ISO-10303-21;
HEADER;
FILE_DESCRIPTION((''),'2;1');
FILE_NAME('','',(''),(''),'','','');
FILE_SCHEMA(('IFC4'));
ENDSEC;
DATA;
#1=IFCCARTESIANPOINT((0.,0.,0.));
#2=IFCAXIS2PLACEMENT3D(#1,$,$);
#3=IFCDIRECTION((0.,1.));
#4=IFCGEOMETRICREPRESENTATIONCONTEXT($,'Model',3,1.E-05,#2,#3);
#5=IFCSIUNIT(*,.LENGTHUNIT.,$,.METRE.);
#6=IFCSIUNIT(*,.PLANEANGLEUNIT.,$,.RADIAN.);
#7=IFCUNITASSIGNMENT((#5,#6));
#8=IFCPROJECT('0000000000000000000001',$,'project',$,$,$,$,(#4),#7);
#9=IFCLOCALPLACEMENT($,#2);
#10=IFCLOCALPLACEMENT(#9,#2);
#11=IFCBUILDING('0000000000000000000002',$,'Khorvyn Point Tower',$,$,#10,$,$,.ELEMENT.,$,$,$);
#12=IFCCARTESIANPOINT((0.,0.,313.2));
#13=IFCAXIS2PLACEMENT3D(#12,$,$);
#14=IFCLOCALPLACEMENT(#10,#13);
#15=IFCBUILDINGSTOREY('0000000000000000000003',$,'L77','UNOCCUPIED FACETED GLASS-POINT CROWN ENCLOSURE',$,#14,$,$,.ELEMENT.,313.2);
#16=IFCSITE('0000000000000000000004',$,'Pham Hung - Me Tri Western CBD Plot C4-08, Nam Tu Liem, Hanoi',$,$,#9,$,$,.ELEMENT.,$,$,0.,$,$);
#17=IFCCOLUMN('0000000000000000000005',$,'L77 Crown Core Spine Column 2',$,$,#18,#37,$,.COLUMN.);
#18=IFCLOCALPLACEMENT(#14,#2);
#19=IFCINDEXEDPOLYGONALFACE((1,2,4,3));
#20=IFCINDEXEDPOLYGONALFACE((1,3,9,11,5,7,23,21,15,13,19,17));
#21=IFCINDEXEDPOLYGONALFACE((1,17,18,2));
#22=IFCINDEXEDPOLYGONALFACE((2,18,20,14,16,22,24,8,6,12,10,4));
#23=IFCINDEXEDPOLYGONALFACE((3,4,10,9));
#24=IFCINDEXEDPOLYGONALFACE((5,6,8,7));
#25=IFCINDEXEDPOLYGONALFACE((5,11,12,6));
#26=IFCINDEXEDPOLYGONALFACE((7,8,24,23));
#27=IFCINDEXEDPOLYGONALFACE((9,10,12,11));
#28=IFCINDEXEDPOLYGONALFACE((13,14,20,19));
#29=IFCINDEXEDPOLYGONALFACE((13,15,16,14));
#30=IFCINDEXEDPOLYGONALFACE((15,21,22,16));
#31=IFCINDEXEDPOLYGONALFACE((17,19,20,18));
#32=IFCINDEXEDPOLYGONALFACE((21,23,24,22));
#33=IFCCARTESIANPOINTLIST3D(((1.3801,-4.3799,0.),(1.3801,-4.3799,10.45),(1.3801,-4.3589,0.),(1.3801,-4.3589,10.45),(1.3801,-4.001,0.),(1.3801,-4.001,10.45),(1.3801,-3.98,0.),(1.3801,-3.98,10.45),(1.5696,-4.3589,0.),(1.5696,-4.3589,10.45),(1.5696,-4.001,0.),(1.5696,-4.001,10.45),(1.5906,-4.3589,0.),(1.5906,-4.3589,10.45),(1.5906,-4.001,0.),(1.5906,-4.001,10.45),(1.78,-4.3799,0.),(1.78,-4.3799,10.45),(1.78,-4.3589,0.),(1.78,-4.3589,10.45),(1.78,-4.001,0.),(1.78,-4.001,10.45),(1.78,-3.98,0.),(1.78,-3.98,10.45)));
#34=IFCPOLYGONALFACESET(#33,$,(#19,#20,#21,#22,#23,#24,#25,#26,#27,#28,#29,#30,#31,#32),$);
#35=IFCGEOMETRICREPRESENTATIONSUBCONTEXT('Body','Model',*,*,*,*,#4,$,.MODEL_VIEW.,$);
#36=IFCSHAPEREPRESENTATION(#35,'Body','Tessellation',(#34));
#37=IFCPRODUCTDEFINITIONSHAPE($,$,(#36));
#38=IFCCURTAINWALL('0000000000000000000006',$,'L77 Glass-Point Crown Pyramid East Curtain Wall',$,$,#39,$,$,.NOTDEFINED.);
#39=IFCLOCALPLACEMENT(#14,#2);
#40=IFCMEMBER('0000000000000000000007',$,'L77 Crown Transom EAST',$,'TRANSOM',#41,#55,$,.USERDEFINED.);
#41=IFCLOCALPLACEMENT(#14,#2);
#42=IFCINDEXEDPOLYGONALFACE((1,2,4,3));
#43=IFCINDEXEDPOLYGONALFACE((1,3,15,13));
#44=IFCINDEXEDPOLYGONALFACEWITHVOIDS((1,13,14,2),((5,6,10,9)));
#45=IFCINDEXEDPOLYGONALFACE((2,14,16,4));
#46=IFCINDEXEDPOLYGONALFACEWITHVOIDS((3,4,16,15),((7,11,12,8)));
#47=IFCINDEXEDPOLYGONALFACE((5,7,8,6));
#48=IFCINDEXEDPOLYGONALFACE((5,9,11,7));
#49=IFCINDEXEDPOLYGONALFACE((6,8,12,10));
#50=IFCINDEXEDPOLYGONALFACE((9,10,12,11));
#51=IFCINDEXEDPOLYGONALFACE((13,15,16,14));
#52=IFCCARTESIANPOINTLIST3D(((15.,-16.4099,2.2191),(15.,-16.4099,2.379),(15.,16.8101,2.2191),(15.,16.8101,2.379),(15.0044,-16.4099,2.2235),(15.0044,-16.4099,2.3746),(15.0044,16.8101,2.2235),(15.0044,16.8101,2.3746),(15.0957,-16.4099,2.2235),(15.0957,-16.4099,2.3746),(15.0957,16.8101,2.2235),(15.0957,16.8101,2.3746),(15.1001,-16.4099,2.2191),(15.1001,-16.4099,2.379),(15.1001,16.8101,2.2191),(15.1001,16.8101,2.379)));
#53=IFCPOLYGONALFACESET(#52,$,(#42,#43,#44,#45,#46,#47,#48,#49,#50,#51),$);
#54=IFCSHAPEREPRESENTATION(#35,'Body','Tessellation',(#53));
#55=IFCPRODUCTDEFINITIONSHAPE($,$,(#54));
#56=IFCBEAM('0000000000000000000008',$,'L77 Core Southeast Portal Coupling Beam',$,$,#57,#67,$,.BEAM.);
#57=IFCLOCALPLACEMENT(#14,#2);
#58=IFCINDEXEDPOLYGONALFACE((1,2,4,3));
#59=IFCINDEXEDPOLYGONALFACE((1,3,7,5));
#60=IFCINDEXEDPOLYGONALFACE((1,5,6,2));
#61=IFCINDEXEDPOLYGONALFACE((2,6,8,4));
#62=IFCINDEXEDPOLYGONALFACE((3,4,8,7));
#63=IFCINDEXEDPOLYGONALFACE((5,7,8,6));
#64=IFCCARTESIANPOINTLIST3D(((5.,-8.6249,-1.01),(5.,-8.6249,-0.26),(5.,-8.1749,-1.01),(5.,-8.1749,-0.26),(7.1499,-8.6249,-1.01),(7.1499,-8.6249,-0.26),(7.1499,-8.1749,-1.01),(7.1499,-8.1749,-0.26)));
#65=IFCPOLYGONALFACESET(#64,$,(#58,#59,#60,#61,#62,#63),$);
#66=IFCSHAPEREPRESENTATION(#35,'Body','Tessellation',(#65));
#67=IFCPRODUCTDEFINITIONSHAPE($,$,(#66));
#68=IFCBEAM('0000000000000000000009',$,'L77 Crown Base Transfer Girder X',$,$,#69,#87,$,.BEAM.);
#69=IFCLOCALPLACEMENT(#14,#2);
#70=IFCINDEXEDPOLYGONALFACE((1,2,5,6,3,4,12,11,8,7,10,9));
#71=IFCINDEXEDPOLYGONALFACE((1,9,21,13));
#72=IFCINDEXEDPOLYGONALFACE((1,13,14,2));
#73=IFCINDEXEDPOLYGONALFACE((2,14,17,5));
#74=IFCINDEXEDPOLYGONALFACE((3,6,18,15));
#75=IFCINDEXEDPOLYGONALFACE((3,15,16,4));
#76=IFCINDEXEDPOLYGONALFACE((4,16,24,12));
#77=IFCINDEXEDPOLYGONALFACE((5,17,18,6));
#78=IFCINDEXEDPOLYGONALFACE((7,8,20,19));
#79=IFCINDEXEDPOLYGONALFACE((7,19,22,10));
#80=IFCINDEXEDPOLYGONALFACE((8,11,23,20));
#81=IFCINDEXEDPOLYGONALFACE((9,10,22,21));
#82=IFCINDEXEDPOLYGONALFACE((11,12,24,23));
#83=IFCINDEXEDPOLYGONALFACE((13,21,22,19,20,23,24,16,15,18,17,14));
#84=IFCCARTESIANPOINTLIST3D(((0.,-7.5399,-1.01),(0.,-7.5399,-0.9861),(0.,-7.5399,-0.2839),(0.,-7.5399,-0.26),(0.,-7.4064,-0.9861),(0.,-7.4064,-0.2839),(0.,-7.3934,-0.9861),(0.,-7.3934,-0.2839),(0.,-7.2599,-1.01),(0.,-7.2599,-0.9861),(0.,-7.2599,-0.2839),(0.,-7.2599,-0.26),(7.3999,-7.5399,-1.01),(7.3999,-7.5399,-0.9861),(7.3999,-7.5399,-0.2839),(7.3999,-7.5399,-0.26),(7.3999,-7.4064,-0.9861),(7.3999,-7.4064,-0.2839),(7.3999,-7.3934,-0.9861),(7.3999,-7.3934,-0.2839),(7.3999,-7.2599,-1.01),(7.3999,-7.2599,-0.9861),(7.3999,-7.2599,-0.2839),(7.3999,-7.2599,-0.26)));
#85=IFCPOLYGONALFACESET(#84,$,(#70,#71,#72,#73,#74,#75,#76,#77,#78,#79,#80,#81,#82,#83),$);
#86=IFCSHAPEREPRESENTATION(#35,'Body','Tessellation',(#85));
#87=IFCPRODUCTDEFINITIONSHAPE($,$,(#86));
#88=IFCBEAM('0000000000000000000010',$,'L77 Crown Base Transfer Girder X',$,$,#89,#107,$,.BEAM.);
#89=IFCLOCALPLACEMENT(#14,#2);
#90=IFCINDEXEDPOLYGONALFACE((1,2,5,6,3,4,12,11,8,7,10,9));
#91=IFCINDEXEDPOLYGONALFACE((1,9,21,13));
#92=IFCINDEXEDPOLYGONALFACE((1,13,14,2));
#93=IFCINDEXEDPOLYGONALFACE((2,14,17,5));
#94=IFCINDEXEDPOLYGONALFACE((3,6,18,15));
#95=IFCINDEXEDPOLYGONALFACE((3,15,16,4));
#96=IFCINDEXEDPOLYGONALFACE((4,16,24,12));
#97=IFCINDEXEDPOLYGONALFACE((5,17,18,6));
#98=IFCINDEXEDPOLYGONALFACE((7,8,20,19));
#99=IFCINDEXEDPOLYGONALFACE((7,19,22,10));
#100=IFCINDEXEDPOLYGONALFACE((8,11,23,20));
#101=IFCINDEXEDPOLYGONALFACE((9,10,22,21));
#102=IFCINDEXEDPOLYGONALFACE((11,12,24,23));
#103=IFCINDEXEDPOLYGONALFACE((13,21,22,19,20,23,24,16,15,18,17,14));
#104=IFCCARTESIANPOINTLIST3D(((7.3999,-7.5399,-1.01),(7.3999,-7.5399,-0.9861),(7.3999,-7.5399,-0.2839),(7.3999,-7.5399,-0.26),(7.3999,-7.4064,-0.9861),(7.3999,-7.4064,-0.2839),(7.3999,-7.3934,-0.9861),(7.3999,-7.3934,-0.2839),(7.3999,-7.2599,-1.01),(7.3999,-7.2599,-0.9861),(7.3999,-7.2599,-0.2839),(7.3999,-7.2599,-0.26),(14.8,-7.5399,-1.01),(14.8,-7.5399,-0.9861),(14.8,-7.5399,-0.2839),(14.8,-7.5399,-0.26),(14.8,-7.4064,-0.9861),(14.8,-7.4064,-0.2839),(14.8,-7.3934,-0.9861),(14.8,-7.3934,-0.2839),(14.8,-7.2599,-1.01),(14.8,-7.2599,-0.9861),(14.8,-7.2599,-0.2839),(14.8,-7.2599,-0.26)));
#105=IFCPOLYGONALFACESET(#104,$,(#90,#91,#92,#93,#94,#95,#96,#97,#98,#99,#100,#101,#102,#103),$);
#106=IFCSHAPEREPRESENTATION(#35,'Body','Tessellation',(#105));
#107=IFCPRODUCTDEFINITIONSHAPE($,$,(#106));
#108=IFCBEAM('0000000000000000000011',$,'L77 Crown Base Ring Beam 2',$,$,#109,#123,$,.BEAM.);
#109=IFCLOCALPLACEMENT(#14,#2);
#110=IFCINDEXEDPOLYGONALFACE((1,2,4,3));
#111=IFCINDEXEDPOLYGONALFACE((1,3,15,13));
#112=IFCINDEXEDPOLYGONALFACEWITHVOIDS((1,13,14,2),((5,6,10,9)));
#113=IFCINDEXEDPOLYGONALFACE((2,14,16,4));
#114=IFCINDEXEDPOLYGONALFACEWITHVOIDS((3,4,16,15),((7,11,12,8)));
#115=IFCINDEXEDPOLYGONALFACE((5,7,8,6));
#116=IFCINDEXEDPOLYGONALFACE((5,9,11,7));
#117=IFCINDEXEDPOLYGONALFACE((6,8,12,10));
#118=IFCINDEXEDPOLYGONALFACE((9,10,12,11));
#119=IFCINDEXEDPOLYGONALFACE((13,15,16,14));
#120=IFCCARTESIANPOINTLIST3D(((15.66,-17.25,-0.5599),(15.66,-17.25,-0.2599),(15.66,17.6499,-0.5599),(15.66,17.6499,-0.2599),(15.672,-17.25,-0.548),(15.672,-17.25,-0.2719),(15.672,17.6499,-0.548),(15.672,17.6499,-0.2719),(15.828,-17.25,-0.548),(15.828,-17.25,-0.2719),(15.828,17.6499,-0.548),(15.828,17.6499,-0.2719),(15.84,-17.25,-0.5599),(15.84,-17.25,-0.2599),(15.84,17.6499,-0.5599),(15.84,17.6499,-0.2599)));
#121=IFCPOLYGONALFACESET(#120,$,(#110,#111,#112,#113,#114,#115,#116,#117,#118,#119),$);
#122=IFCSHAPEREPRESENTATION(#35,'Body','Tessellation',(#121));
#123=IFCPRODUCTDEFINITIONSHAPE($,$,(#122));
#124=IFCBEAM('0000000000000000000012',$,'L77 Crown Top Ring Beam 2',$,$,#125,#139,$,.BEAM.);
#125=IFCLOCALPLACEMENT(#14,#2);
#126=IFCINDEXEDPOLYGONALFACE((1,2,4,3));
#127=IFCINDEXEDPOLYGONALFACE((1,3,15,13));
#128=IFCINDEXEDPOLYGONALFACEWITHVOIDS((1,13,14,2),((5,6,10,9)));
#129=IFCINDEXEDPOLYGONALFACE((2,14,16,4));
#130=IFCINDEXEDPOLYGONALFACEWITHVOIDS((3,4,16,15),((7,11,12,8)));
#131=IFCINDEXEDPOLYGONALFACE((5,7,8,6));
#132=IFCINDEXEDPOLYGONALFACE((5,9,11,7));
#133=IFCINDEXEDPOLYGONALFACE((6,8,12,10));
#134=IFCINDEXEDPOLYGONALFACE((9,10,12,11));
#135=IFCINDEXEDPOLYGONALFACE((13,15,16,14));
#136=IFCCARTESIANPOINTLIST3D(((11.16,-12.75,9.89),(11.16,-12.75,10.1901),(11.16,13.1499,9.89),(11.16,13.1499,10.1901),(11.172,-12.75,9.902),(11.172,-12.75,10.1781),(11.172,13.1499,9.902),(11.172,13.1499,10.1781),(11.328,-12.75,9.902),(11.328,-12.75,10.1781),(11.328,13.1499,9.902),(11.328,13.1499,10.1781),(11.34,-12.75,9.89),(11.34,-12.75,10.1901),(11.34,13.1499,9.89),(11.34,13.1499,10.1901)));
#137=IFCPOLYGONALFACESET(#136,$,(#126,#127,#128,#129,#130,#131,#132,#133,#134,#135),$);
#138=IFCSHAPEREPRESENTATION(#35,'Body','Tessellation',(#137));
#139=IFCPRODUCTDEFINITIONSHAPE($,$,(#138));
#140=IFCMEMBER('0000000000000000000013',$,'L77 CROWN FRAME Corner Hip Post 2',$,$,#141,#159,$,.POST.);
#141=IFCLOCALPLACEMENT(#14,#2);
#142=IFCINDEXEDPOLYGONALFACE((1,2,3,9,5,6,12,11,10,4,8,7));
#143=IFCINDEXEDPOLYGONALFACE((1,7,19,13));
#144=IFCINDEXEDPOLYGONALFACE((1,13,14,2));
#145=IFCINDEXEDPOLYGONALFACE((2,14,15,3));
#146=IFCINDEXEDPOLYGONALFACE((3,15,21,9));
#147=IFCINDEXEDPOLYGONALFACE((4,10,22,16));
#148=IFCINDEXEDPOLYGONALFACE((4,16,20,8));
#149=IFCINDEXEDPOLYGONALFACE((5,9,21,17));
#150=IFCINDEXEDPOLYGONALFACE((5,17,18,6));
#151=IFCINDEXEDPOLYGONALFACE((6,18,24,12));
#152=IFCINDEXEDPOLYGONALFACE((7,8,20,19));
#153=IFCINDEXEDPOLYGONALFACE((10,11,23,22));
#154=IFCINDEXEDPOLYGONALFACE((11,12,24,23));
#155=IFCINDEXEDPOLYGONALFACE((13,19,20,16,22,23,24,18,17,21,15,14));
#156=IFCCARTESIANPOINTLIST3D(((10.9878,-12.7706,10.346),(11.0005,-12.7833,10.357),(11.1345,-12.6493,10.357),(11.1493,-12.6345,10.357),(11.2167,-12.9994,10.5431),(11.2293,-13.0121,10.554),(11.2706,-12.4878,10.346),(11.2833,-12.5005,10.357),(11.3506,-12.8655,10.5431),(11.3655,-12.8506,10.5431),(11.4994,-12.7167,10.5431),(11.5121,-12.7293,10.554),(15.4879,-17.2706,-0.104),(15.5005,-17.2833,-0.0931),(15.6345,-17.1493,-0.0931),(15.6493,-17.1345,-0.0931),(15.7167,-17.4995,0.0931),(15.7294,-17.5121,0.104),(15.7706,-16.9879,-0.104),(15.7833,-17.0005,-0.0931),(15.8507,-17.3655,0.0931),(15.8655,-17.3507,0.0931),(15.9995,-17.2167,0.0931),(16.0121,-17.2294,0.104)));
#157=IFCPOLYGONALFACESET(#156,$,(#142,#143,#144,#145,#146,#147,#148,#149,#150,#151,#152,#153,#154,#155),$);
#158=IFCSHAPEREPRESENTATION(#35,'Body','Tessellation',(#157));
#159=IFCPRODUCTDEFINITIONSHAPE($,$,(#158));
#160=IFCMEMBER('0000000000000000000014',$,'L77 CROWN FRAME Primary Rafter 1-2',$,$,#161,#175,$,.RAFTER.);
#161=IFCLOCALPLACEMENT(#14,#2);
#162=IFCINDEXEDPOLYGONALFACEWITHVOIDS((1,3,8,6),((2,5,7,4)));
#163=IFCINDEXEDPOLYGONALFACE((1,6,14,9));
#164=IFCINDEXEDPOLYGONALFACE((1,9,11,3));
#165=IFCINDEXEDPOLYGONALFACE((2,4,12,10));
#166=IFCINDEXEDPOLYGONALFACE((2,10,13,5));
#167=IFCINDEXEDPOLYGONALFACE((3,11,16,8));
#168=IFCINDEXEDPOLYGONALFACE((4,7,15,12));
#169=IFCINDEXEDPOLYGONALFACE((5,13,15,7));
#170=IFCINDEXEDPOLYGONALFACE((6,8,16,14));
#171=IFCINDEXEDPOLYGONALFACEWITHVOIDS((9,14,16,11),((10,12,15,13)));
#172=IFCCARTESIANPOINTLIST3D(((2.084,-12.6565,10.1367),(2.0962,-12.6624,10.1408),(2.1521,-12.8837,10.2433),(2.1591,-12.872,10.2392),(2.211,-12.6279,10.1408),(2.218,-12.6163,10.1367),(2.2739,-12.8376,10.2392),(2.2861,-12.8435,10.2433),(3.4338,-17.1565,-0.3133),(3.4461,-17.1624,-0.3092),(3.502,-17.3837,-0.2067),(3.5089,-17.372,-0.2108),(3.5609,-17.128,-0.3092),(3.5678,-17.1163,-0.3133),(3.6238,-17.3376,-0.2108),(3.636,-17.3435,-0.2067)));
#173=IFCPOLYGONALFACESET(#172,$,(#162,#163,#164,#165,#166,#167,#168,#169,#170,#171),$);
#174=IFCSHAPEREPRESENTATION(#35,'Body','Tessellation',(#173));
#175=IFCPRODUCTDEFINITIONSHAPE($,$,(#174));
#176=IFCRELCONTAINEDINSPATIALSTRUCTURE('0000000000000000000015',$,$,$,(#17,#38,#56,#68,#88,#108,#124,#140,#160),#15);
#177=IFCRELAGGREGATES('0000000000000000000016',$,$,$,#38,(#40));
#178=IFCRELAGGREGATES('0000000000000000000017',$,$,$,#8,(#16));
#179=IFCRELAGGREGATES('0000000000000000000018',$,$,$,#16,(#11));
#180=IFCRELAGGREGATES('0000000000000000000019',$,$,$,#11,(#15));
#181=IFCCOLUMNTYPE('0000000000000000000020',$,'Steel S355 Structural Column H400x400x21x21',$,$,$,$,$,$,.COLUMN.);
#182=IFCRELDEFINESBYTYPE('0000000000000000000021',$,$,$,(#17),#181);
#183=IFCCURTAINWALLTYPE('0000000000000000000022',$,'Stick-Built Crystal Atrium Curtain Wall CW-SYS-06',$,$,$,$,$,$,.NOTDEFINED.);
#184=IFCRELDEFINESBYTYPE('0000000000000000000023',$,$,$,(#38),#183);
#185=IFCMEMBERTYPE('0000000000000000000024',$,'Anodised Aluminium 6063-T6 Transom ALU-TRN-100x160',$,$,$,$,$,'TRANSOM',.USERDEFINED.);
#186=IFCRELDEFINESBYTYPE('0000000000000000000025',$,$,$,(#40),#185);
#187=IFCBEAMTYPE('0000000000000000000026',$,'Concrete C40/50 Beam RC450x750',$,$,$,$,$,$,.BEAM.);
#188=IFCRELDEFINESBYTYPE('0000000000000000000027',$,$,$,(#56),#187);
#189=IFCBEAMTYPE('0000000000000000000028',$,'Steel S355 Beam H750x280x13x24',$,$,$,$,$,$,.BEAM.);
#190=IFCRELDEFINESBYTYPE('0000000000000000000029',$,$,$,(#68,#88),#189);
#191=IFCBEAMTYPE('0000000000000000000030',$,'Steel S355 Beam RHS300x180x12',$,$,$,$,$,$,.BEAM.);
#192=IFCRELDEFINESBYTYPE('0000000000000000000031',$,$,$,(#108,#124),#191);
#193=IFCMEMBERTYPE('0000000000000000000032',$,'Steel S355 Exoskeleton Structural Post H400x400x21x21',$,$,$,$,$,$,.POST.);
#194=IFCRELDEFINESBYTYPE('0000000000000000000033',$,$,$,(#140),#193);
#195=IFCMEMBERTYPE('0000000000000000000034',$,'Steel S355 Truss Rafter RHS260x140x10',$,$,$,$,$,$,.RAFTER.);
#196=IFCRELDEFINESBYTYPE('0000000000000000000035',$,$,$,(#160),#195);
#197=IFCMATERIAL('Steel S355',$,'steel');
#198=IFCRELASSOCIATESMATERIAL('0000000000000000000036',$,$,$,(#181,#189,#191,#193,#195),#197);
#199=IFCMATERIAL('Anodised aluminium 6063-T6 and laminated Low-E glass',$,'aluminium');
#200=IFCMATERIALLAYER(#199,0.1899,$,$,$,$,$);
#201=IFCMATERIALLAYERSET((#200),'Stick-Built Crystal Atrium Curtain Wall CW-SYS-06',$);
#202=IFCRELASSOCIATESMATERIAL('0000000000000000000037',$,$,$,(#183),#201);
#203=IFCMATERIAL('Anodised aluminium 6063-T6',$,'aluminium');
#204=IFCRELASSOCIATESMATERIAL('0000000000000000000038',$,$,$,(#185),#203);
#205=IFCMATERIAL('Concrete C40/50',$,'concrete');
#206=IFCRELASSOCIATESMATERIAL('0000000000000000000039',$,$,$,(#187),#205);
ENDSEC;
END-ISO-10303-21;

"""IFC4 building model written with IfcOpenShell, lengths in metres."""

from ifc_helpers import new_model, si_unit, direction, frame, origin, origin_2d, place, context, subcontext, project, spatial, rectangle, hollow_rectangle, i_section, extrude, material, layer, layer_set, material_profile, profile_set, type_object, element, aggregate, save


model = new_model("IFC4")

# Units and contexts
model_context = context("Model", 3, precision=1e-05, world=origin(), true_north=direction((0.0, 1.0)))
body_context = subcontext(model_context, "Body", "Model", "MODEL_VIEW")
ifc_project = project(units=[si_unit("LENGTHUNIT", "METRE"), si_unit("PLANEANGLEUNIT", "RADIAN")], contexts=[model_context])

# Site, building, storey
site_placement = place(None, origin())
site = spatial("IfcSite", under=ifc_project, at=site_placement, Name="Pham Hung - Me Tri Western CBD Plot C4-08, Nam Tu Liem, Hanoi", CompositionType="ELEMENT", RefElevation=0.0)
building_placement = place(site_placement, origin())
building = spatial("IfcBuilding", under=site, at=building_placement, Name="Khorvyn Point Tower", CompositionType="ELEMENT")
storey_placement = place(building_placement, frame((0.0, 0.0, 313.2)))
storey = spatial("IfcBuildingStorey", under=building, at=storey_placement, Name="L77", Description="UNOCCUPIED FACETED GLASS-POINT CROWN ENCLOSURE", CompositionType="ELEMENT", Elevation=313.2)

# Column
ifc_material_1 = material(Name="Steel S355", Category="steel")
ifc_material_profile_1 = material_profile(ifc_material_1, i_section(OverallWidth=0.3999, OverallDepth=0.3999, WebThickness=0.021, FlangeThickness=0.021, at=origin_2d()))
ifc_profile_set_1 = profile_set([ifc_material_profile_1], Name="Steel S355 H400x400x21x21")
column_type = type_object("IfcColumnType", Name="Steel S355 Structural Column H400x400x21x21", PredefinedType="COLUMN", material=ifc_profile_set_1)
column_placement = place(storey_placement, frame((1.5801, -4.1799, 0.0), z_axis=(0.0, 0.0, 1.0), x_axis=(1.0, 0.0, 0.0)))
element("IfcColumn", 1, at=column_placement, inside=storey, type_object=column_type, Name="L77 Crown Core Spine Column 2", PredefinedType="COLUMN", context=body_context, shape_type="SweptSolid", body=[
    extrude(i_section(OverallWidth=0.3999, OverallDepth=0.3999, WebThickness=0.021, FlangeThickness=0.021, at=origin_2d()), origin(), (0.0, 0.0, 1.0), 10.45),
])

# Curtain wall, member
ifc_material_2 = material(Name="Anodised aluminium 6063-T6 and laminated Low-E glass", Category="aluminium")
ifc_layer_1 = layer(ifc_material_2, 0.1899)
ifc_layer_set_1 = layer_set([ifc_layer_1], Name="Stick-Built Crystal Atrium Curtain Wall CW-SYS-06")
curtain_wall_type = type_object("IfcCurtainWallType", Name="Stick-Built Crystal Atrium Curtain Wall CW-SYS-06", PredefinedType="NOTDEFINED", material=ifc_layer_set_1)
curtain_wall_placement = place(storey_placement, origin())
curtain_wall = element("IfcCurtainWall", 2, at=curtain_wall_placement, inside=storey, type_object=curtain_wall_type, Name="L77 Glass-Point Crown Pyramid East Curtain Wall", PredefinedType="NOTDEFINED")
ifc_material_3 = material(Name="Anodised aluminium 6063-T6", Category="aluminium")
ifc_material_profile_2 = material_profile(ifc_material_3, hollow_rectangle(XDim=0.1001, YDim=0.1599, WallThickness=0.0044, at=origin_2d()))
ifc_profile_set_2 = profile_set([ifc_material_profile_2], Name="Anodised aluminium 6063-T6 ALU-TRN-100x160")
member_type_1 = type_object("IfcMemberType", Name="Anodised Aluminium 6063-T6 Transom ALU-TRN-100x160", ElementType="TRANSOM", PredefinedType="USERDEFINED", material=ifc_profile_set_2)
member_1_placement = place(storey_placement, frame((15.05, -16.4099, 2.2991), z_axis=(0.0, 1.0, 0.0), x_axis=(-1.0, 0.0, 0.0)))
member_1 = element("IfcMember", 3, at=member_1_placement, type_object=member_type_1, Name="L77 Crown Transom EAST", ObjectType="TRANSOM", PredefinedType="USERDEFINED", context=body_context, shape_type="SweptSolid", body=[
    extrude(hollow_rectangle(XDim=0.1001, YDim=0.1599, WallThickness=0.0044, at=origin_2d()), origin(), (0.0, 0.0, 1.0), 33.22),
])

# Beams
ifc_material_4 = material(Name="Concrete C40/50", Category="concrete")
ifc_material_profile_3 = material_profile(ifc_material_4, rectangle(XDim=0.45, YDim=0.75, at=origin_2d()))
ifc_profile_set_3 = profile_set([ifc_material_profile_3], Name="Concrete C40/50 RC450x750")
beam_type_1 = type_object("IfcBeamType", Name="Concrete C40/50 Beam RC450x750", PredefinedType="BEAM", material=ifc_profile_set_3)
beam_1_placement = place(storey_placement, frame((5.0, -8.3999, -0.635), z_axis=(1.0, 0.0, 0.0), x_axis=(0.0, 1.0, 0.0)))
element("IfcBeam", 4, at=beam_1_placement, inside=storey, type_object=beam_type_1, Name="L77 Core Southeast Portal Coupling Beam", PredefinedType="BEAM", context=body_context, shape_type="SweptSolid", body=[
    extrude(rectangle(XDim=0.45, YDim=0.75, at=origin_2d()), origin(), (0.0, 0.0, 1.0), 2.1499),
])
ifc_material_profile_4 = material_profile(ifc_material_1, i_section(OverallWidth=0.28, OverallDepth=0.75, WebThickness=0.0129, FlangeThickness=0.0239, at=origin_2d()))
ifc_profile_set_4 = profile_set([ifc_material_profile_4], Name="Steel S355 H750x280x13x24")
beam_type_2 = type_object("IfcBeamType", Name="Steel S355 Beam H750x280x13x24", PredefinedType="BEAM", material=ifc_profile_set_4)
beam_2_placement = place(storey_placement, frame((0.0, -7.3999, -0.635), z_axis=(1.0, 0.0, 0.0), x_axis=(0.0, 1.0, 0.0)))
element("IfcBeam", 5, at=beam_2_placement, inside=storey, type_object=beam_type_2, Name="L77 Crown Base Transfer Girder X", PredefinedType="BEAM", context=body_context, shape_type="SweptSolid", body=[
    extrude(i_section(OverallWidth=0.28, OverallDepth=0.75, WebThickness=0.0129, FlangeThickness=0.0239, at=origin_2d()), origin(), (0.0, 0.0, 1.0), 7.3999),
])
beam_3_placement = place(storey_placement, frame((7.3999, -7.3999, -0.635), z_axis=(1.0, 0.0, 0.0), x_axis=(0.0, 1.0, 0.0)))
element("IfcBeam", 6, at=beam_3_placement, inside=storey, type_object=beam_type_2, Name="L77 Crown Base Transfer Girder X", PredefinedType="BEAM", context=body_context, shape_type="SweptSolid", body=[
    extrude(i_section(OverallWidth=0.28, OverallDepth=0.75, WebThickness=0.0129, FlangeThickness=0.0239, at=origin_2d()), origin(), (0.0, 0.0, 1.0), 7.4001),
])
ifc_material_profile_5 = material_profile(ifc_material_1, hollow_rectangle(XDim=0.1799, YDim=0.3, WallThickness=0.012, at=origin_2d()))
ifc_profile_set_5 = profile_set([ifc_material_profile_5], Name="Steel S355 RHS300x180x12")
beam_type_3 = type_object("IfcBeamType", Name="Steel S355 Beam RHS300x180x12", PredefinedType="BEAM", material=ifc_profile_set_5)
beam_4_placement = place(storey_placement, frame((15.75, -17.25, -0.4099), z_axis=(0.0, 1.0, 0.0), x_axis=(-1.0, 0.0, 0.0)))
element("IfcBeam", 7, at=beam_4_placement, inside=storey, type_object=beam_type_3, Name="L77 Crown Base Ring Beam 2", PredefinedType="BEAM", context=body_context, shape_type="SweptSolid", body=[
    extrude(hollow_rectangle(XDim=0.1799, YDim=0.3, WallThickness=0.012, at=origin_2d()), origin(), (0.0, 0.0, 1.0), 34.8999),
])
beam_5_placement = place(storey_placement, frame((11.25, -12.75, 10.04), z_axis=(0.0, 1.0, 0.0), x_axis=(-1.0, 0.0, 0.0)))
element("IfcBeam", 8, at=beam_5_placement, inside=storey, type_object=beam_type_3, Name="L77 Crown Top Ring Beam 2", PredefinedType="BEAM", context=body_context, shape_type="SweptSolid", body=[
    extrude(hollow_rectangle(XDim=0.1799, YDim=0.3, WallThickness=0.012, at=origin_2d()), origin(), (0.0, 0.0, 1.0), 25.8999),
])

# Members
ifc_material_profile_6 = material_profile(ifc_material_1, i_section(OverallWidth=0.3999, OverallDepth=0.3999, WebThickness=0.021, FlangeThickness=0.021, at=origin_2d()))
ifc_profile_set_6 = profile_set([ifc_material_profile_6], Name="Steel S355 H400x400x21x21")
member_type_2 = type_object("IfcMemberType", Name="Steel S355 Exoskeleton Structural Post H400x400x21x21", PredefinedType="POST", material=ifc_profile_set_6)
member_2_placement = place(storey_placement, frame((15.75, -17.25, 0.0), z_axis=(-0.36779, 0.36779, 0.854085), x_axis=(-0.707107, -0.707107, 0.0)))
element("IfcMember", 9, at=member_2_placement, inside=storey, type_object=member_type_2, Name="L77 CROWN FRAME Corner Hip Post 2", PredefinedType="POST", context=body_context, shape_type="SweptSolid", body=[
    extrude(i_section(OverallWidth=0.3999, OverallDepth=0.3999, WebThickness=0.021, FlangeThickness=0.021, at=origin_2d()), origin(), (0.0, 0.0, 1.0), 12.2354),
])
ifc_material_profile_7 = material_profile(ifc_material_1, hollow_rectangle(XDim=0.1399, YDim=0.26, WallThickness=0.01, at=origin_2d()))
ifc_profile_set_7 = profile_set([ifc_material_profile_7], Name="Steel S355 RHS260x140x10")
member_type_3 = type_object("IfcMemberType", Name="Steel S355 Truss Rafter RHS260x140x10", PredefinedType="RAFTER", material=ifc_profile_set_7)
for number, where, z_axis, x_axis, name in (
    (10, (3.5349, -17.25, -0.26), (-0.117814, 0.392757, 0.912065), (-0.957835, -0.287319, 0.0), "L77 CROWN FRAME Primary Rafter 1-2"),
):
    element("IfcMember", number, at=place(storey_placement, frame(where, z_axis=z_axis, x_axis=x_axis)), inside=storey, type_object=member_type_3, Name=name, PredefinedType="RAFTER", context=body_context, shape_type="SweptSolid", body=[
        extrude(hollow_rectangle(XDim=0.1399, YDim=0.26, WallThickness=0.01, at=origin_2d()), origin(), (0.0, 0.0, 1.0), 11.4575),
    ])

aggregate(curtain_wall, [member_1])

save(model, "model.ifc")
